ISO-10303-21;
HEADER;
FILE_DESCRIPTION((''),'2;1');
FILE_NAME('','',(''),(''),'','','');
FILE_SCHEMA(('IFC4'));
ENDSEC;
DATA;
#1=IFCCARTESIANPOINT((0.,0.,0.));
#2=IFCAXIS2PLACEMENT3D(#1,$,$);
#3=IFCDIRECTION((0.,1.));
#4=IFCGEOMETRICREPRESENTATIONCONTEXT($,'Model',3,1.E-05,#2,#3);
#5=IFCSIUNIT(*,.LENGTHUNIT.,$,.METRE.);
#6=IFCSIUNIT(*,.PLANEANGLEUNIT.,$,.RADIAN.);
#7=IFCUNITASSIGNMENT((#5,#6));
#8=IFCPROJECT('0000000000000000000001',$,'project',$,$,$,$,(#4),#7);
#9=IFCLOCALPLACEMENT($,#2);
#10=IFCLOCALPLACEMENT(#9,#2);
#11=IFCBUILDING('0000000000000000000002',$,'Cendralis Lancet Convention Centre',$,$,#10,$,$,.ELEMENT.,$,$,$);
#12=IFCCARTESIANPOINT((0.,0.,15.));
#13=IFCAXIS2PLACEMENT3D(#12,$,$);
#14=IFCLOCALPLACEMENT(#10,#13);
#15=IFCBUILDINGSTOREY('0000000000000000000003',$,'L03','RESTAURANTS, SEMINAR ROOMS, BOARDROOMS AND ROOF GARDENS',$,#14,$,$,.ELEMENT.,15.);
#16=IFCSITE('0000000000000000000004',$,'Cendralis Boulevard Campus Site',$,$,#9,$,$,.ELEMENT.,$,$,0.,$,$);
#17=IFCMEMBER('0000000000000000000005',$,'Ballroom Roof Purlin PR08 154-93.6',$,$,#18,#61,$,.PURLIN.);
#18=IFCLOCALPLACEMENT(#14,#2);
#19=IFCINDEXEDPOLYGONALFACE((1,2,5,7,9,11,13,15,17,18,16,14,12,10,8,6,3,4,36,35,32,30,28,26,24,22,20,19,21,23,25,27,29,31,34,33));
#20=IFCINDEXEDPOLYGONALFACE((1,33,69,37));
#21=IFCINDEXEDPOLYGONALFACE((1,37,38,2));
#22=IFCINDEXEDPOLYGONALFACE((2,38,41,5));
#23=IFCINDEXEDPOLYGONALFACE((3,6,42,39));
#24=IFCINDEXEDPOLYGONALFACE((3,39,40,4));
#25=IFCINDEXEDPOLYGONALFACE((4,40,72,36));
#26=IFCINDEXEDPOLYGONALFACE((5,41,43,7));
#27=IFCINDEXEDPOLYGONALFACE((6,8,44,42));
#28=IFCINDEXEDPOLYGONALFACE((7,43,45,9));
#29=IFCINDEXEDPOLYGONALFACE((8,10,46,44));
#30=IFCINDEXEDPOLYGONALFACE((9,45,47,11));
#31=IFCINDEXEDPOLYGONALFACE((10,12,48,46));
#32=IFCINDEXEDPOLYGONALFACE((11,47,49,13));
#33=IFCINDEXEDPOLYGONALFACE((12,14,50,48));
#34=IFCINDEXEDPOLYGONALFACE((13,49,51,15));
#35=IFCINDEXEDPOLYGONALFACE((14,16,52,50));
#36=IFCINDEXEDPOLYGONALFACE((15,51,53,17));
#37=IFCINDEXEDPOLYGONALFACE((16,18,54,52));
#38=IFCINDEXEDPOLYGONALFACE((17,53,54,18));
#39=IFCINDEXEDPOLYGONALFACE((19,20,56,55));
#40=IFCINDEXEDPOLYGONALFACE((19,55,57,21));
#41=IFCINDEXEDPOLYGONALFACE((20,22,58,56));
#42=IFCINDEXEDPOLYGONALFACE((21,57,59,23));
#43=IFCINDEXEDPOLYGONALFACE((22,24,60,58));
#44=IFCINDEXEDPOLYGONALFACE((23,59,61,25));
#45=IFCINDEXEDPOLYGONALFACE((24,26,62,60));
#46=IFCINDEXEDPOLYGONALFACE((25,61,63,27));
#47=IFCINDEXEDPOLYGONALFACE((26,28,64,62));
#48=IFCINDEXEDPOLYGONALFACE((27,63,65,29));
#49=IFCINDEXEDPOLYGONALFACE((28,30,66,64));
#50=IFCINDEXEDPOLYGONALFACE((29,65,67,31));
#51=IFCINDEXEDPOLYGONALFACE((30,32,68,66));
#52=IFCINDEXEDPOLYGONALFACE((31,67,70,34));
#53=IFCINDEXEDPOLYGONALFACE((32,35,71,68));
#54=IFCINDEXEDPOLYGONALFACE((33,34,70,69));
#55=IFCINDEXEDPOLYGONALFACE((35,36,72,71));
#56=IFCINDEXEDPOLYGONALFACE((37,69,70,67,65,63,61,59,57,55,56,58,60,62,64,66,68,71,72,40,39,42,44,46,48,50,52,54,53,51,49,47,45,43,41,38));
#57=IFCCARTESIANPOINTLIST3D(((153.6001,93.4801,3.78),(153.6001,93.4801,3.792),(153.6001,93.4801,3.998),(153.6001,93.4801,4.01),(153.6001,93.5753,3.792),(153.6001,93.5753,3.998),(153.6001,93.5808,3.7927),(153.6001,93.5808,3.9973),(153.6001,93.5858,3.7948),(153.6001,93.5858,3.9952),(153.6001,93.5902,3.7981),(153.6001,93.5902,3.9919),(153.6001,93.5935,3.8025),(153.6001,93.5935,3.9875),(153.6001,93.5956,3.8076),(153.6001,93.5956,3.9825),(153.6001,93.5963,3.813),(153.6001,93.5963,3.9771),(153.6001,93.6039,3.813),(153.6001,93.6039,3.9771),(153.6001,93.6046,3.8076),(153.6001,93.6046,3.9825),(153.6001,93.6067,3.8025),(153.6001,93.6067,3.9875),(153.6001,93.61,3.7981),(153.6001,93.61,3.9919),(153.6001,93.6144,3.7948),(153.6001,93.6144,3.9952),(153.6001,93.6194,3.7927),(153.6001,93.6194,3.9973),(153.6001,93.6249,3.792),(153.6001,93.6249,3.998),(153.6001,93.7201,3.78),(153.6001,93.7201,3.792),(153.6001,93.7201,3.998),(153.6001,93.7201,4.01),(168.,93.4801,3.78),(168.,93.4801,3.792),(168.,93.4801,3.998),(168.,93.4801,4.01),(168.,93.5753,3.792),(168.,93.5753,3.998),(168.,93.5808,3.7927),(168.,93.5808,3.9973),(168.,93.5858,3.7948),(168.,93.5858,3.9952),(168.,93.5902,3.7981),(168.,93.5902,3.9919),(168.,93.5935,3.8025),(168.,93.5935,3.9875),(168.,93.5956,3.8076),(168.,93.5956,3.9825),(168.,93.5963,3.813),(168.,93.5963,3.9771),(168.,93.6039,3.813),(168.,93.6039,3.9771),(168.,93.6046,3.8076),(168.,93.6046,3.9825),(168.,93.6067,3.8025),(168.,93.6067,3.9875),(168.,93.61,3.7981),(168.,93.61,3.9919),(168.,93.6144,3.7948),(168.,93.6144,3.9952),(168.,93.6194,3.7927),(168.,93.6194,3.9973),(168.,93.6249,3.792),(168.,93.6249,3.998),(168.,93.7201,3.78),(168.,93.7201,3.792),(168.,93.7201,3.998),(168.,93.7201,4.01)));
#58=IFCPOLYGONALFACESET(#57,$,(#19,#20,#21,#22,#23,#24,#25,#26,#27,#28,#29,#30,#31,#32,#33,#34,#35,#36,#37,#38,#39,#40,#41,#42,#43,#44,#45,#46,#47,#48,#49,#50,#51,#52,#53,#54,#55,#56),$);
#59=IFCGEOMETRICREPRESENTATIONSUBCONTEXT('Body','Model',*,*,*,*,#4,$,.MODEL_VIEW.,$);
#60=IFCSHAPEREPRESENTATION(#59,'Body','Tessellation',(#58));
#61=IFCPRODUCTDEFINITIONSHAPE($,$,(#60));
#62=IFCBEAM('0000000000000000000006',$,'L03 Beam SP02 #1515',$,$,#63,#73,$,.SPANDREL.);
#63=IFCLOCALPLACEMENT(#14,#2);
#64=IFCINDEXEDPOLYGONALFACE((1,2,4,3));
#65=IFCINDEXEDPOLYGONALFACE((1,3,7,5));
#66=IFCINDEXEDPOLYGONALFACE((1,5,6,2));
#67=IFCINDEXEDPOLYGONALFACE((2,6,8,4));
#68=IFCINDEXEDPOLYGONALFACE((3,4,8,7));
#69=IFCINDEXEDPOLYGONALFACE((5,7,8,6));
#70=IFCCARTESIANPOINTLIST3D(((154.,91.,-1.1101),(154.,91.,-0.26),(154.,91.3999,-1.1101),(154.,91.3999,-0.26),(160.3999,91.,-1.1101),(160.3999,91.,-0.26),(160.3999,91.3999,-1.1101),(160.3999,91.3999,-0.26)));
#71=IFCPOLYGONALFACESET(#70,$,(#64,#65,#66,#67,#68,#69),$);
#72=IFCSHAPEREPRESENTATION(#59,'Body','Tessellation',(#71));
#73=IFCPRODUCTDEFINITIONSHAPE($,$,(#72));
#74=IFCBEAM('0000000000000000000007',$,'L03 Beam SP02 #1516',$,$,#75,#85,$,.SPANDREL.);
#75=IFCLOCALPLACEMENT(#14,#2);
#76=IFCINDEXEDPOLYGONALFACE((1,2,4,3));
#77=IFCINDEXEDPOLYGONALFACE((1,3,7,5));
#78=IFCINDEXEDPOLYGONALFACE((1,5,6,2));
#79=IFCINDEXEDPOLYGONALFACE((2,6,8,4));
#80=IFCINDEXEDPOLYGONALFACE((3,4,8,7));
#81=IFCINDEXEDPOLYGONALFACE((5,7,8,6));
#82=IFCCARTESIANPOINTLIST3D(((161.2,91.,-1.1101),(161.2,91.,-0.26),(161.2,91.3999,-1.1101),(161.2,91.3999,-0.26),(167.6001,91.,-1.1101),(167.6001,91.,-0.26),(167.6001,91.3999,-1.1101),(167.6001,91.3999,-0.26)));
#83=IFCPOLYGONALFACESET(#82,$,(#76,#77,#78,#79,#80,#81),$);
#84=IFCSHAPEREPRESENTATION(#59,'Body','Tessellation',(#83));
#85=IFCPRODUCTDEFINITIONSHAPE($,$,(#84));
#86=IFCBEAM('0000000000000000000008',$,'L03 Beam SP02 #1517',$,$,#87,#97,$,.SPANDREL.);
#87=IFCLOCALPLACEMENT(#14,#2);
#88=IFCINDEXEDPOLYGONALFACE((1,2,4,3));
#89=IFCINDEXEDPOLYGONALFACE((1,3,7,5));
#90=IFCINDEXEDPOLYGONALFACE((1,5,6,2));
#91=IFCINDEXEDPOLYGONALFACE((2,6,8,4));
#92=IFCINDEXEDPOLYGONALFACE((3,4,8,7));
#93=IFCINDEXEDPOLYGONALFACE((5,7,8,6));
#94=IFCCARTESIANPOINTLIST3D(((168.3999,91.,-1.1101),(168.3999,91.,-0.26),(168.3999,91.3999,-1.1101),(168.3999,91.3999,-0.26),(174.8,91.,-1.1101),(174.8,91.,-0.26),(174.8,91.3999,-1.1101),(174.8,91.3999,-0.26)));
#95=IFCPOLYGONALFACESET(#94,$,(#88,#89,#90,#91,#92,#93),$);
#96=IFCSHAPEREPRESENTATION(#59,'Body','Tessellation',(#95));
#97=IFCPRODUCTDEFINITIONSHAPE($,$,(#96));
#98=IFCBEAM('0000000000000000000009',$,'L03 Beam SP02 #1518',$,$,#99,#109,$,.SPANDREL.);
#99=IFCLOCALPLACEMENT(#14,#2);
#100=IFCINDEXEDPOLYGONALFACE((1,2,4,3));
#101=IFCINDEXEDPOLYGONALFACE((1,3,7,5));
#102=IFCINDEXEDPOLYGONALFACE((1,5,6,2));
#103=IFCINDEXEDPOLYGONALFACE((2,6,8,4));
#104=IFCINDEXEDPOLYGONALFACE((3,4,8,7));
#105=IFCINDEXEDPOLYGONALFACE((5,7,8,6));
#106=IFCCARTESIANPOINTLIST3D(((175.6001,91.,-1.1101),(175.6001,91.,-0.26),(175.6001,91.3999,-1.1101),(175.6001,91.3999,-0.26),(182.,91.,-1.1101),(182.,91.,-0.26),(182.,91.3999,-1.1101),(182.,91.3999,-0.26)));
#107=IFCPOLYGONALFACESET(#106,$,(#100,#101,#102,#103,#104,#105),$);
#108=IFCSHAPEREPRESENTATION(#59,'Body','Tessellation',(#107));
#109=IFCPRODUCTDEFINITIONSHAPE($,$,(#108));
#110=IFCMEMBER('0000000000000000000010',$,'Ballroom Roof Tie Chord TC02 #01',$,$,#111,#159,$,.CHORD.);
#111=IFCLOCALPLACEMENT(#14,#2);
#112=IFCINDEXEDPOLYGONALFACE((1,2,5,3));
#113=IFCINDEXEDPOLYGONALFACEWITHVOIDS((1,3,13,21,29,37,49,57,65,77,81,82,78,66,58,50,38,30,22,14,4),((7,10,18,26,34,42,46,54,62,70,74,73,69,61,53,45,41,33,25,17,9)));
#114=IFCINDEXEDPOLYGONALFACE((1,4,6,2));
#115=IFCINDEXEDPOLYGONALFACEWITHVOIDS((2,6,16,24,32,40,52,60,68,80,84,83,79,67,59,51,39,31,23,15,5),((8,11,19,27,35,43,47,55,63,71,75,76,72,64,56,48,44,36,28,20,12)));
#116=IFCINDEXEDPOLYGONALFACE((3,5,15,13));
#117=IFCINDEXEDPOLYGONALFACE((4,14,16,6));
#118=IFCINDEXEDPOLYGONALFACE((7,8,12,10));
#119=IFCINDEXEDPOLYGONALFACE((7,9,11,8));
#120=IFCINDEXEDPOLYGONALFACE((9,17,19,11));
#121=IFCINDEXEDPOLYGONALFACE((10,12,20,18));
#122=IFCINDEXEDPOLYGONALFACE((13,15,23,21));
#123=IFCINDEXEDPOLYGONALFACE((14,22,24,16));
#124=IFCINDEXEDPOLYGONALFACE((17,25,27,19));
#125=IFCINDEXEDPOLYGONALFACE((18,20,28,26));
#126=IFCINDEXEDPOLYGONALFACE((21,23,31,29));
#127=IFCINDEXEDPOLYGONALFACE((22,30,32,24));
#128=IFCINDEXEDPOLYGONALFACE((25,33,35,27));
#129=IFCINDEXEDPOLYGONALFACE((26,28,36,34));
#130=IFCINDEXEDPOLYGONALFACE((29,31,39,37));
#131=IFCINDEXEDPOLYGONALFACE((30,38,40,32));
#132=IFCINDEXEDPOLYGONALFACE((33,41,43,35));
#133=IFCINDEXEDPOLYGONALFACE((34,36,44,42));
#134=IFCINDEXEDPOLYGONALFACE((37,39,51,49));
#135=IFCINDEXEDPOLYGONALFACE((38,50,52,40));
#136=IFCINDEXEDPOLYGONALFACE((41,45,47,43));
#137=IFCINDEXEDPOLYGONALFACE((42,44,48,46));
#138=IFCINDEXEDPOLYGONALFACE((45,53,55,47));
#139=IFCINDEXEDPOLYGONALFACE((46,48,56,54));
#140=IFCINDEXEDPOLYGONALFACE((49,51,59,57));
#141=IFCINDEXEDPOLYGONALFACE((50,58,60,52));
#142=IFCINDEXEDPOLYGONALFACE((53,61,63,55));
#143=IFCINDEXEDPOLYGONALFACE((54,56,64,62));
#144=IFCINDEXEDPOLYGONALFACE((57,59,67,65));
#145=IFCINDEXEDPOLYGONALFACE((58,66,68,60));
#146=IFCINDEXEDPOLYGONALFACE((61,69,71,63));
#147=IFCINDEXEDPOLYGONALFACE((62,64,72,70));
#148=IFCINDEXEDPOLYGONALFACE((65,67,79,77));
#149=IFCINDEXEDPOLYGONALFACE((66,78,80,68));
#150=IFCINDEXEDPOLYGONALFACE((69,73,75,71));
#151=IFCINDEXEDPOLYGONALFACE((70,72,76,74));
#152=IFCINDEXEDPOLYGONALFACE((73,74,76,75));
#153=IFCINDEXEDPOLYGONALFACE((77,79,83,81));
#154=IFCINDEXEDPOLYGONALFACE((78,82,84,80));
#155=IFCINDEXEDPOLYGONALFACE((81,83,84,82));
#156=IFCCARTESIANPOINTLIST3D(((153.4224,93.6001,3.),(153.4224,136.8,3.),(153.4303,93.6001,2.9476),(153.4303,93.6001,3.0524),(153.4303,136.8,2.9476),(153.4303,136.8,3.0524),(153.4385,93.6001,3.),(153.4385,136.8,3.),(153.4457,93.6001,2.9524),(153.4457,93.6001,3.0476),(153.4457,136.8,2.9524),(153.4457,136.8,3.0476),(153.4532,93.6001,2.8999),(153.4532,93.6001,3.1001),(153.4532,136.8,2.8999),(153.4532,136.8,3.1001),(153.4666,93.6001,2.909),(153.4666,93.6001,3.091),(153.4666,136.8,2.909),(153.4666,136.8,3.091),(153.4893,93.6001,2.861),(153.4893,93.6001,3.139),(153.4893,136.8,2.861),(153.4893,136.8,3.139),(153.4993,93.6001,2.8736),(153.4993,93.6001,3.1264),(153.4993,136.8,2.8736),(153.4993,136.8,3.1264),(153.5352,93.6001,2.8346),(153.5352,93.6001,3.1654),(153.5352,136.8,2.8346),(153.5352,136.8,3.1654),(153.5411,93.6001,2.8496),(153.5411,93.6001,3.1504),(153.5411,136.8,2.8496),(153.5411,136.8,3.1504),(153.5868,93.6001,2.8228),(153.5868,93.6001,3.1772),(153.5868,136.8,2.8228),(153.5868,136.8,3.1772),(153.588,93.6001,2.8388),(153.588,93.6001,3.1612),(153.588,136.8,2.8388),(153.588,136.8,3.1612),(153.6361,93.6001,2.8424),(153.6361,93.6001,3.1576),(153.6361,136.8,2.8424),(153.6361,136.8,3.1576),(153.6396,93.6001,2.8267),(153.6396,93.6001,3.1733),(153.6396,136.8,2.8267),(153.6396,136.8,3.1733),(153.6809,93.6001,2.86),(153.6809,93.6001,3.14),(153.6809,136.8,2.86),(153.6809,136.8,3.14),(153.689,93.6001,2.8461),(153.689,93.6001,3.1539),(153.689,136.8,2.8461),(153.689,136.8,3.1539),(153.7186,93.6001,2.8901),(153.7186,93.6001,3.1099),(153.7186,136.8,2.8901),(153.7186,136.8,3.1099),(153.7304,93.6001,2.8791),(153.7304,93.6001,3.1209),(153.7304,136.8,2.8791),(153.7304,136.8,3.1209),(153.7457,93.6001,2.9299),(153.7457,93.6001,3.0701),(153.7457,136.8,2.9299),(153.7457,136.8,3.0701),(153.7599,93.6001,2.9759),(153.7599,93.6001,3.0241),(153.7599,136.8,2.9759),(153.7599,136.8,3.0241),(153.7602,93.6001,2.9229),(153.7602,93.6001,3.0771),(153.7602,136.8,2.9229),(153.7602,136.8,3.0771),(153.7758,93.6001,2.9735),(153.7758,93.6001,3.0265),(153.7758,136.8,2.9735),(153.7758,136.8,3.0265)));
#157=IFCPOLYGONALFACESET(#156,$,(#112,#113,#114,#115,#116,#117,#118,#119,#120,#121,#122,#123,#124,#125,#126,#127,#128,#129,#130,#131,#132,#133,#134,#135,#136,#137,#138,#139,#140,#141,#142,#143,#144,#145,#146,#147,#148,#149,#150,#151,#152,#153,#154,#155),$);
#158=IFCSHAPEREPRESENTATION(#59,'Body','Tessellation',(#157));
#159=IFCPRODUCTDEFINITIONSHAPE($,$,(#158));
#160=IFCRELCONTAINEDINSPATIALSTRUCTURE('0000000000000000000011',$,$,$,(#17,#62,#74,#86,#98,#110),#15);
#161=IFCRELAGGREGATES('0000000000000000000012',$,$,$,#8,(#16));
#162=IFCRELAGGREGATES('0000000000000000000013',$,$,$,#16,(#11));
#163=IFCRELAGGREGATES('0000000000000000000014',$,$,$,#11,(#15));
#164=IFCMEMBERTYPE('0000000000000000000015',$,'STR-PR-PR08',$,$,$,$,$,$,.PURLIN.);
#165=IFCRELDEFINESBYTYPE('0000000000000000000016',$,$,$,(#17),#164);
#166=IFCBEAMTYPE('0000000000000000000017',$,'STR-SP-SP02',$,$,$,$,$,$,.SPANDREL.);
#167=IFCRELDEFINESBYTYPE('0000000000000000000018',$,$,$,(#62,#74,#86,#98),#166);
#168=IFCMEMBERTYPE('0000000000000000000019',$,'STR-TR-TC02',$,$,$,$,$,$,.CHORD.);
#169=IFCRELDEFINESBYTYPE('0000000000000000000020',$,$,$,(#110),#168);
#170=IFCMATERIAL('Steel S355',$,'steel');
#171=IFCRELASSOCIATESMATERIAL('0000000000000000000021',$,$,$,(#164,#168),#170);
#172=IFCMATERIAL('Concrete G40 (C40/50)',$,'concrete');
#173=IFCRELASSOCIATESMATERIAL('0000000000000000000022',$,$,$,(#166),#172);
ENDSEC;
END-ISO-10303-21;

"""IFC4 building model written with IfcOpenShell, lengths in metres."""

from ifc_helpers import new_model, si_unit, direction, frame, origin, origin_2d, place, context, subcontext, project, spatial, rectangle, hollow_circle, i_section, extrude, material, material_profile, profile_set, type_object, element, save


model = new_model("IFC4")

# Units and contexts
model_context = context("Model", 3, precision=1e-05, world=origin(), true_north=direction((0.0, 1.0)))
body_context = subcontext(model_context, "Body", "Model", "MODEL_VIEW")
ifc_project = project(units=[si_unit("LENGTHUNIT", "METRE"), si_unit("PLANEANGLEUNIT", "RADIAN")], contexts=[model_context])

# Site, building, storey
site_placement = place(None, origin())
site = spatial("IfcSite", under=ifc_project, at=site_placement, Name="Cendralis Boulevard Campus Site", CompositionType="ELEMENT", RefElevation=0.0)
building_placement = place(site_placement, origin())
building = spatial("IfcBuilding", under=site, at=building_placement, Name="Cendralis Lancet Convention Centre", CompositionType="ELEMENT")
storey_placement = place(building_placement, frame((0.0, 0.0, 15.0)))
storey = spatial("IfcBuildingStorey", under=building, at=storey_placement, Name="L03", Description="RESTAURANTS, SEMINAR ROOMS, BOARDROOMS AND ROOF GARDENS", CompositionType="ELEMENT", Elevation=15.0)

# Shared definitions
ifc_material_1 = material(Name="Concrete G40 (C40/50)", Category="concrete")

# Shared definitions
ifc_material_2 = material(Name="Steel S355", Category="steel")

# Member
ifc_material_profile_1 = material_profile(ifc_material_2, i_section(OverallWidth=0.24, OverallDepth=0.23, WebThickness=0.0076, FlangeThickness=0.012, FilletRadius=0.021, at=origin_2d()), Name="HEA 240")
ifc_profile_set_1 = profile_set([ifc_material_profile_1], Name="Steel S355")
member_type_1 = type_object("IfcMemberType", Name="STR-PR-PR08", PredefinedType="PURLIN", material=ifc_profile_set_1)
member_1_placement = place(storey_placement, frame((153.6001, 93.6001, 3.895), z_axis=(1.0, 0.0, 0.0), x_axis=(0.0, 1.0, 0.0)))
element("IfcMember", 1, at=member_1_placement, inside=storey, type_object=member_type_1, Name="Ballroom Roof Purlin PR08 154-93.6", PredefinedType="PURLIN", context=body_context, shape_type="SweptSolid", body=[
    extrude(i_section(OverallWidth=0.24, OverallDepth=0.23, WebThickness=0.0076, FlangeThickness=0.012, FilletRadius=0.021, at=origin_2d()), origin(), (0.0, 0.0, 1.0), 14.3999),
])

# Beams
ifc_material_profile_2 = material_profile(ifc_material_1, rectangle(XDim=0.3999, YDim=0.8501, at=origin_2d()), Name="RCB 400x850")
ifc_profile_set_2 = profile_set([ifc_material_profile_2], Name="Concrete G40 (C40/50)")
beam_type_1 = type_object("IfcBeamType", Name="STR-SP-SP02", PredefinedType="SPANDREL", material=ifc_profile_set_2)
beam_1_placement = place(storey_placement, frame((154.0, 91.2, -0.6851), z_axis=(1.0, 0.0, 0.0), x_axis=(0.0, 1.0, 0.0)))
element("IfcBeam", 2, at=beam_1_placement, inside=storey, type_object=beam_type_1, Name="L03 Beam SP02 #1515", PredefinedType="SPANDREL", context=body_context, shape_type="SweptSolid", body=[
    extrude(rectangle(XDim=0.3999, YDim=0.8501, at=origin_2d()), origin(), (0.0, 0.0, 1.0), 6.3999),
])
for number, where, z_axis, x_axis, name in (
    (3, (161.2, 91.2, -0.6851), (1.0, 0.0, 0.0), (0.0, 1.0, 0.0), "L03 Beam SP02 #1516"),
    (4, (168.3999, 91.2, -0.6851), (1.0, 0.0, 0.0), (0.0, 1.0, 0.0), "L03 Beam SP02 #1517"),
):
    element("IfcBeam", number, at=place(storey_placement, frame(where, z_axis=z_axis, x_axis=x_axis)), inside=storey, type_object=beam_type_1, Name=name, PredefinedType="SPANDREL", context=body_context, shape_type="SweptSolid", body=[
        extrude(rectangle(XDim=0.3999, YDim=0.8501, at=origin_2d()), origin(), (0.0, 0.0, 1.0), 6.4001),
    ])
beam_2_placement = place(storey_placement, frame((175.6001, 91.2, -0.6851), z_axis=(1.0, 0.0, 0.0), x_axis=(0.0, 1.0, 0.0)))
element("IfcBeam", 5, at=beam_2_placement, inside=storey, type_object=beam_type_1, Name="L03 Beam SP02 #1518", PredefinedType="SPANDREL", context=body_context, shape_type="SweptSolid", body=[
    extrude(rectangle(XDim=0.3999, YDim=0.8501, at=origin_2d()), origin(), (0.0, 0.0, 1.0), 6.3999),
])

# Member
ifc_material_profile_3 = material_profile(ifc_material_2, hollow_circle(Radius=0.1777, WallThickness=0.0161, at=origin_2d()), Name="CHS 355.6x16.0")
ifc_profile_set_3 = profile_set([ifc_material_profile_3], Name="Steel S355")
member_type_2 = type_object("IfcMemberType", Name="STR-TR-TC02", PredefinedType="CHORD", material=ifc_profile_set_3)
member_2_placement = place(storey_placement, frame((153.6001, 93.6001, 3.0), z_axis=(0.0, 1.0, 0.0), x_axis=(-1.0, 0.0, 0.0)))
element("IfcMember", 6, at=member_2_placement, inside=storey, type_object=member_type_2, Name="Ballroom Roof Tie Chord TC02 #01", PredefinedType="CHORD", context=body_context, shape_type="SweptSolid", body=[
    extrude(hollow_circle(Radius=0.1777, WallThickness=0.0161, at=origin_2d()), origin(), (0.0, 0.0, 1.0), 43.2),
])

save(model, "model.ifc")
